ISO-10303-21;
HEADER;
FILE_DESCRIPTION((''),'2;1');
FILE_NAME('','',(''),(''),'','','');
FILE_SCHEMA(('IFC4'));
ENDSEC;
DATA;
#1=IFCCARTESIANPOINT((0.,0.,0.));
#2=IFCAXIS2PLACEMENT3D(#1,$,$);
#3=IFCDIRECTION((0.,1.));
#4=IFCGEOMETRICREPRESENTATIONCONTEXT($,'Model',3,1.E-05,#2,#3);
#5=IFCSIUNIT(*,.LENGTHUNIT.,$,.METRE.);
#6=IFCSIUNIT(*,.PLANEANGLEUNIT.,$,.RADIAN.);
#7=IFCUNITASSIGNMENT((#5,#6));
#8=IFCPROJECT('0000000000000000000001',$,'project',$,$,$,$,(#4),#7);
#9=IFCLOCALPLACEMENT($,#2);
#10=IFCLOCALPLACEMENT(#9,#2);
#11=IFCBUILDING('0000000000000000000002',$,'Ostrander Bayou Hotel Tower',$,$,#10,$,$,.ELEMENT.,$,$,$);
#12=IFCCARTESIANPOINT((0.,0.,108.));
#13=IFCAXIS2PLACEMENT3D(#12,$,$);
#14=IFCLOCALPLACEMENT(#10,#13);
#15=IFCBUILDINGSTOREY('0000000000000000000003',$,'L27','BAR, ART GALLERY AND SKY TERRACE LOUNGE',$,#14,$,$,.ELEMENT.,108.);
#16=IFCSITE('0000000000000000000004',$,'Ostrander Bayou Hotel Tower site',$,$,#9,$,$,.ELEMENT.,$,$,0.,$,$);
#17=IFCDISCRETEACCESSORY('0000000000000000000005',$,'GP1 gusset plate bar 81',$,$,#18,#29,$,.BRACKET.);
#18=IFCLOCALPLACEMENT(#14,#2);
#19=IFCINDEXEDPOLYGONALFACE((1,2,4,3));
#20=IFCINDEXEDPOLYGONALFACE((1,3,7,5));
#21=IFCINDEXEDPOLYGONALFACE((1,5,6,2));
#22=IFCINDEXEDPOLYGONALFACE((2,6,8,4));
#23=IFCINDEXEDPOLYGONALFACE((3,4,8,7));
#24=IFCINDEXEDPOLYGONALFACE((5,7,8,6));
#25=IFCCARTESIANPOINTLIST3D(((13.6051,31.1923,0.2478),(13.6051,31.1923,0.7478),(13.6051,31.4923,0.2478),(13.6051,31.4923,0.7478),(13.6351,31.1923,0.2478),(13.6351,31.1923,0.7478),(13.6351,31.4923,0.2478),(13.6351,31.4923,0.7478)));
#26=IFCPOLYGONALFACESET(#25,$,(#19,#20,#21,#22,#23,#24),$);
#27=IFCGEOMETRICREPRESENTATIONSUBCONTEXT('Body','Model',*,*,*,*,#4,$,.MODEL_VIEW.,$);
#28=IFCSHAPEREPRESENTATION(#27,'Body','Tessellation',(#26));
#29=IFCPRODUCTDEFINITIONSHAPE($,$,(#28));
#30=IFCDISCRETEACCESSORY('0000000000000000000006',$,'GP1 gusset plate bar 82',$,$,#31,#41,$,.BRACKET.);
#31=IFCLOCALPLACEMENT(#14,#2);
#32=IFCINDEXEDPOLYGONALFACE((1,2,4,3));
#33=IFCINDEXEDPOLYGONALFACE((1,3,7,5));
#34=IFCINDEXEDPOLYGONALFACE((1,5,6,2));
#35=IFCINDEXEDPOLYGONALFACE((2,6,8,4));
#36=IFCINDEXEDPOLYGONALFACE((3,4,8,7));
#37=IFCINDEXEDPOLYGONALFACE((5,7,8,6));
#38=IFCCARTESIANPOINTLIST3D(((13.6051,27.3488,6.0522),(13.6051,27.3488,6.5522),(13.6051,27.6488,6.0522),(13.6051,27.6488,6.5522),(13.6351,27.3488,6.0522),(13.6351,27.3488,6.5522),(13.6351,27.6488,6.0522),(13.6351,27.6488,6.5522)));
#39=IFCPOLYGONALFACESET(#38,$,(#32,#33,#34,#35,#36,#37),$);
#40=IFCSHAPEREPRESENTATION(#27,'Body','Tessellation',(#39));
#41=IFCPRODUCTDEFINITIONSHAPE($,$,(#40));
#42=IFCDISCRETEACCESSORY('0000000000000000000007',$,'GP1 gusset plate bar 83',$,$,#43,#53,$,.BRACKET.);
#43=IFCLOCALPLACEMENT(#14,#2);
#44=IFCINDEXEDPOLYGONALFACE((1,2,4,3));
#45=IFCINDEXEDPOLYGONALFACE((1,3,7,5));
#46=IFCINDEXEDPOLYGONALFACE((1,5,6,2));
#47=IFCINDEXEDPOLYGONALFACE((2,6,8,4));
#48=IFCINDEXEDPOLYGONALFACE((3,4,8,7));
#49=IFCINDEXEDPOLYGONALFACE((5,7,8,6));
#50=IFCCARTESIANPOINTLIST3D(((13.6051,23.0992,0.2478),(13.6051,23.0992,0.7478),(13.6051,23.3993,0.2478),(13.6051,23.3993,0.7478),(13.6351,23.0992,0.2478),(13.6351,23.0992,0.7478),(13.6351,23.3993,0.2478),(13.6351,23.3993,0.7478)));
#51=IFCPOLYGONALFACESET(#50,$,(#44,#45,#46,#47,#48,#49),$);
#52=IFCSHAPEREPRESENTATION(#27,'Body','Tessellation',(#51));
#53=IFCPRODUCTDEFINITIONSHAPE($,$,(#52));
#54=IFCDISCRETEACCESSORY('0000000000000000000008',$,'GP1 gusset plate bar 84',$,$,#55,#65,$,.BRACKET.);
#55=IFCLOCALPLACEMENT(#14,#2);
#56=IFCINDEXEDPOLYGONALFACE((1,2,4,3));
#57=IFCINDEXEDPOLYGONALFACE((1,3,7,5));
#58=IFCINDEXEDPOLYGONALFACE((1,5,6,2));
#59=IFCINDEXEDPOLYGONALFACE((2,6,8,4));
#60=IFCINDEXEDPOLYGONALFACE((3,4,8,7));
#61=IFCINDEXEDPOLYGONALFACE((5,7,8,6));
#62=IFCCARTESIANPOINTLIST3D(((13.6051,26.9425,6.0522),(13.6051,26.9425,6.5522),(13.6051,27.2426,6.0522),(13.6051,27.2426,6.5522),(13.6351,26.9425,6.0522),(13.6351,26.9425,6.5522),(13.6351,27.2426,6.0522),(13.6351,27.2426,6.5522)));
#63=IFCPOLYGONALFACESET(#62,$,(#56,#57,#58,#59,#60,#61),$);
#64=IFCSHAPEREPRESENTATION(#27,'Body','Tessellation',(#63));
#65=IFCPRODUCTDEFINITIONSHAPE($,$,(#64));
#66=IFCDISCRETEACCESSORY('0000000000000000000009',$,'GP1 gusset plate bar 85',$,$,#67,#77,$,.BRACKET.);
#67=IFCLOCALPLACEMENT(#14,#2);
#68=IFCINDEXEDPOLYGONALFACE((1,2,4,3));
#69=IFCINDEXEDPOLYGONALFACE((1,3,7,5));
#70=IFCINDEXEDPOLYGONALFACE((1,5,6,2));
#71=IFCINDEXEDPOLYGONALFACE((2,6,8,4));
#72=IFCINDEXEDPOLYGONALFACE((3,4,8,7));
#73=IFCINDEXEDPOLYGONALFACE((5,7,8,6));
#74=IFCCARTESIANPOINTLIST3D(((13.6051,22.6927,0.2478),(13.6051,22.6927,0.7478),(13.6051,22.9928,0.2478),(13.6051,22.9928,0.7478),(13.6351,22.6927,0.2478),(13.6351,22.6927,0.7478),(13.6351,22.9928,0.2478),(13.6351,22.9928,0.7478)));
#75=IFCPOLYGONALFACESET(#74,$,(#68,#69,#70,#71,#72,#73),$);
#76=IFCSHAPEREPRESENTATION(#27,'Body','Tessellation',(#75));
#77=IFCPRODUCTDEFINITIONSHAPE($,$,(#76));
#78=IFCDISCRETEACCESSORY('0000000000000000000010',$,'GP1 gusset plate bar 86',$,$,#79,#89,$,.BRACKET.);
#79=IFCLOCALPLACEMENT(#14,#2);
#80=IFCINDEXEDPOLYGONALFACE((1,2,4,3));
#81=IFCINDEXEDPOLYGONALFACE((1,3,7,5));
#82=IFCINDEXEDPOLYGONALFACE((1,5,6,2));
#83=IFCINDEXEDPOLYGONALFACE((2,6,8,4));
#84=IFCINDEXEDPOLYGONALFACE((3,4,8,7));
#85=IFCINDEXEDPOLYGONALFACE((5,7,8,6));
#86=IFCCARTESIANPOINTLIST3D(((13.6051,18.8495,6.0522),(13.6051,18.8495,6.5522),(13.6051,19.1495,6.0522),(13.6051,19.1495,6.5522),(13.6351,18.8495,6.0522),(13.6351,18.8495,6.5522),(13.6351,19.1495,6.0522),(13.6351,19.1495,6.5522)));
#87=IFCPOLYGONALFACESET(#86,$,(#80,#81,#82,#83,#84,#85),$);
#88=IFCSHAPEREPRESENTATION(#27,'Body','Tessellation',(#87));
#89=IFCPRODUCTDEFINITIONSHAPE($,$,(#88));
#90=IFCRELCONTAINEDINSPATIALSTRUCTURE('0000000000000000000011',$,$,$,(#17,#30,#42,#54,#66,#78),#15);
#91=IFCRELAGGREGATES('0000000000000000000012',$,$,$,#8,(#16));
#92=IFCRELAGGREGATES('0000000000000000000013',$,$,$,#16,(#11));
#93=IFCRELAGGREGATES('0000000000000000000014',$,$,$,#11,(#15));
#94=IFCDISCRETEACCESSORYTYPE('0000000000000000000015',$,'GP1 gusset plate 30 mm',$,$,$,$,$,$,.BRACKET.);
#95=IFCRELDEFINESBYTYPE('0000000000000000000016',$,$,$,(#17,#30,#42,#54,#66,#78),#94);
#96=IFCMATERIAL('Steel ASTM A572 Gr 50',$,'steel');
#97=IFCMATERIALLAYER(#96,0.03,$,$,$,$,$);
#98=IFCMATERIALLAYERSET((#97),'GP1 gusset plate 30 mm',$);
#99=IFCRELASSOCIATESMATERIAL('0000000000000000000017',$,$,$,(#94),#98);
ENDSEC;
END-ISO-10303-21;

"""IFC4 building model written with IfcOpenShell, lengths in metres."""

from ifc_helpers import new_model, si_unit, direction, frame, origin, origin_2d, place, context, subcontext, project, spatial, rectangle, extrude, material, layer, layer_set, type_object, element, save


model = new_model("IFC4")

# Units and contexts
model_context = context("Model", 3, precision=1e-05, world=origin(), true_north=direction((0.0, 1.0)))
body_context = subcontext(model_context, "Body", "Model", "MODEL_VIEW")
ifc_project = project(units=[si_unit("LENGTHUNIT", "METRE"), si_unit("PLANEANGLEUNIT", "RADIAN")], contexts=[model_context])

# Site, building, storey
site_placement = place(None, origin())
site = spatial("IfcSite", under=ifc_project, at=site_placement, Name="Ostrander Bayou Hotel Tower site", CompositionType="ELEMENT", RefElevation=0.0)
building_placement = place(site_placement, origin())
building = spatial("IfcBuilding", under=site, at=building_placement, Name="Ostrander Bayou Hotel Tower", CompositionType="ELEMENT")
storey_placement = place(building_placement, frame((0.0, 0.0, 108.0)))
storey = spatial("IfcBuildingStorey", under=building, at=storey_placement, Name="L27", Description="BAR, ART GALLERY AND SKY TERRACE LOUNGE", CompositionType="ELEMENT", Elevation=108.0)

# Discrete accessories
ifc_material_1 = material(Name="Steel ASTM A572 Gr 50", Category="steel")
ifc_layer = layer(ifc_material_1, 0.03)
ifc_layer_set = layer_set([ifc_layer], Name="GP1 gusset plate 30 mm")
discrete_accessory_type = type_object("IfcDiscreteAccessoryType", Name="GP1 gusset plate 30 mm", PredefinedType="BRACKET", material=ifc_layer_set)
for number, where, z_axis, x_axis, name in (
    (1, (13.6201, 31.3423, 0.2478), (0.0, 0.0, 1.0), (0.0, -1.0, 0.0), "GP1 gusset plate bar 81"),
    (2, (13.6201, 27.4988, 6.0522), (0.0, 0.0, 1.0), (0.0, -1.0, 0.0), "GP1 gusset plate bar 82"),
    (3, (13.6201, 23.2493, 0.2478), (0.0, 0.0, 1.0), (0.0, 1.0, 0.0), "GP1 gusset plate bar 83"),
    (4, (13.6201, 27.0925, 6.0522), (0.0, 0.0, 1.0), (0.0, 1.0, 0.0), "GP1 gusset plate bar 84"),
    (5, (13.6201, 22.8428, 0.2478), (0.0, 0.0, 1.0), (0.0, -1.0, 0.0), "GP1 gusset plate bar 85"),
    (6, (13.6201, 18.9995, 6.0522), (0.0, 0.0, 1.0), (0.0, -1.0, 0.0), "GP1 gusset plate bar 86"),
):
    element("IfcDiscreteAccessory", number, at=place(storey_placement, frame(where, z_axis=z_axis, x_axis=x_axis)), inside=storey, type_object=discrete_accessory_type, Name=name, PredefinedType="BRACKET", context=body_context, shape_type="SweptSolid", body=[
        extrude(rectangle(XDim=0.3, YDim=0.03, at=origin_2d()), origin(), (0.0, 0.0, 1.0), 0.5),
    ])

save(model, "model.ifc")
